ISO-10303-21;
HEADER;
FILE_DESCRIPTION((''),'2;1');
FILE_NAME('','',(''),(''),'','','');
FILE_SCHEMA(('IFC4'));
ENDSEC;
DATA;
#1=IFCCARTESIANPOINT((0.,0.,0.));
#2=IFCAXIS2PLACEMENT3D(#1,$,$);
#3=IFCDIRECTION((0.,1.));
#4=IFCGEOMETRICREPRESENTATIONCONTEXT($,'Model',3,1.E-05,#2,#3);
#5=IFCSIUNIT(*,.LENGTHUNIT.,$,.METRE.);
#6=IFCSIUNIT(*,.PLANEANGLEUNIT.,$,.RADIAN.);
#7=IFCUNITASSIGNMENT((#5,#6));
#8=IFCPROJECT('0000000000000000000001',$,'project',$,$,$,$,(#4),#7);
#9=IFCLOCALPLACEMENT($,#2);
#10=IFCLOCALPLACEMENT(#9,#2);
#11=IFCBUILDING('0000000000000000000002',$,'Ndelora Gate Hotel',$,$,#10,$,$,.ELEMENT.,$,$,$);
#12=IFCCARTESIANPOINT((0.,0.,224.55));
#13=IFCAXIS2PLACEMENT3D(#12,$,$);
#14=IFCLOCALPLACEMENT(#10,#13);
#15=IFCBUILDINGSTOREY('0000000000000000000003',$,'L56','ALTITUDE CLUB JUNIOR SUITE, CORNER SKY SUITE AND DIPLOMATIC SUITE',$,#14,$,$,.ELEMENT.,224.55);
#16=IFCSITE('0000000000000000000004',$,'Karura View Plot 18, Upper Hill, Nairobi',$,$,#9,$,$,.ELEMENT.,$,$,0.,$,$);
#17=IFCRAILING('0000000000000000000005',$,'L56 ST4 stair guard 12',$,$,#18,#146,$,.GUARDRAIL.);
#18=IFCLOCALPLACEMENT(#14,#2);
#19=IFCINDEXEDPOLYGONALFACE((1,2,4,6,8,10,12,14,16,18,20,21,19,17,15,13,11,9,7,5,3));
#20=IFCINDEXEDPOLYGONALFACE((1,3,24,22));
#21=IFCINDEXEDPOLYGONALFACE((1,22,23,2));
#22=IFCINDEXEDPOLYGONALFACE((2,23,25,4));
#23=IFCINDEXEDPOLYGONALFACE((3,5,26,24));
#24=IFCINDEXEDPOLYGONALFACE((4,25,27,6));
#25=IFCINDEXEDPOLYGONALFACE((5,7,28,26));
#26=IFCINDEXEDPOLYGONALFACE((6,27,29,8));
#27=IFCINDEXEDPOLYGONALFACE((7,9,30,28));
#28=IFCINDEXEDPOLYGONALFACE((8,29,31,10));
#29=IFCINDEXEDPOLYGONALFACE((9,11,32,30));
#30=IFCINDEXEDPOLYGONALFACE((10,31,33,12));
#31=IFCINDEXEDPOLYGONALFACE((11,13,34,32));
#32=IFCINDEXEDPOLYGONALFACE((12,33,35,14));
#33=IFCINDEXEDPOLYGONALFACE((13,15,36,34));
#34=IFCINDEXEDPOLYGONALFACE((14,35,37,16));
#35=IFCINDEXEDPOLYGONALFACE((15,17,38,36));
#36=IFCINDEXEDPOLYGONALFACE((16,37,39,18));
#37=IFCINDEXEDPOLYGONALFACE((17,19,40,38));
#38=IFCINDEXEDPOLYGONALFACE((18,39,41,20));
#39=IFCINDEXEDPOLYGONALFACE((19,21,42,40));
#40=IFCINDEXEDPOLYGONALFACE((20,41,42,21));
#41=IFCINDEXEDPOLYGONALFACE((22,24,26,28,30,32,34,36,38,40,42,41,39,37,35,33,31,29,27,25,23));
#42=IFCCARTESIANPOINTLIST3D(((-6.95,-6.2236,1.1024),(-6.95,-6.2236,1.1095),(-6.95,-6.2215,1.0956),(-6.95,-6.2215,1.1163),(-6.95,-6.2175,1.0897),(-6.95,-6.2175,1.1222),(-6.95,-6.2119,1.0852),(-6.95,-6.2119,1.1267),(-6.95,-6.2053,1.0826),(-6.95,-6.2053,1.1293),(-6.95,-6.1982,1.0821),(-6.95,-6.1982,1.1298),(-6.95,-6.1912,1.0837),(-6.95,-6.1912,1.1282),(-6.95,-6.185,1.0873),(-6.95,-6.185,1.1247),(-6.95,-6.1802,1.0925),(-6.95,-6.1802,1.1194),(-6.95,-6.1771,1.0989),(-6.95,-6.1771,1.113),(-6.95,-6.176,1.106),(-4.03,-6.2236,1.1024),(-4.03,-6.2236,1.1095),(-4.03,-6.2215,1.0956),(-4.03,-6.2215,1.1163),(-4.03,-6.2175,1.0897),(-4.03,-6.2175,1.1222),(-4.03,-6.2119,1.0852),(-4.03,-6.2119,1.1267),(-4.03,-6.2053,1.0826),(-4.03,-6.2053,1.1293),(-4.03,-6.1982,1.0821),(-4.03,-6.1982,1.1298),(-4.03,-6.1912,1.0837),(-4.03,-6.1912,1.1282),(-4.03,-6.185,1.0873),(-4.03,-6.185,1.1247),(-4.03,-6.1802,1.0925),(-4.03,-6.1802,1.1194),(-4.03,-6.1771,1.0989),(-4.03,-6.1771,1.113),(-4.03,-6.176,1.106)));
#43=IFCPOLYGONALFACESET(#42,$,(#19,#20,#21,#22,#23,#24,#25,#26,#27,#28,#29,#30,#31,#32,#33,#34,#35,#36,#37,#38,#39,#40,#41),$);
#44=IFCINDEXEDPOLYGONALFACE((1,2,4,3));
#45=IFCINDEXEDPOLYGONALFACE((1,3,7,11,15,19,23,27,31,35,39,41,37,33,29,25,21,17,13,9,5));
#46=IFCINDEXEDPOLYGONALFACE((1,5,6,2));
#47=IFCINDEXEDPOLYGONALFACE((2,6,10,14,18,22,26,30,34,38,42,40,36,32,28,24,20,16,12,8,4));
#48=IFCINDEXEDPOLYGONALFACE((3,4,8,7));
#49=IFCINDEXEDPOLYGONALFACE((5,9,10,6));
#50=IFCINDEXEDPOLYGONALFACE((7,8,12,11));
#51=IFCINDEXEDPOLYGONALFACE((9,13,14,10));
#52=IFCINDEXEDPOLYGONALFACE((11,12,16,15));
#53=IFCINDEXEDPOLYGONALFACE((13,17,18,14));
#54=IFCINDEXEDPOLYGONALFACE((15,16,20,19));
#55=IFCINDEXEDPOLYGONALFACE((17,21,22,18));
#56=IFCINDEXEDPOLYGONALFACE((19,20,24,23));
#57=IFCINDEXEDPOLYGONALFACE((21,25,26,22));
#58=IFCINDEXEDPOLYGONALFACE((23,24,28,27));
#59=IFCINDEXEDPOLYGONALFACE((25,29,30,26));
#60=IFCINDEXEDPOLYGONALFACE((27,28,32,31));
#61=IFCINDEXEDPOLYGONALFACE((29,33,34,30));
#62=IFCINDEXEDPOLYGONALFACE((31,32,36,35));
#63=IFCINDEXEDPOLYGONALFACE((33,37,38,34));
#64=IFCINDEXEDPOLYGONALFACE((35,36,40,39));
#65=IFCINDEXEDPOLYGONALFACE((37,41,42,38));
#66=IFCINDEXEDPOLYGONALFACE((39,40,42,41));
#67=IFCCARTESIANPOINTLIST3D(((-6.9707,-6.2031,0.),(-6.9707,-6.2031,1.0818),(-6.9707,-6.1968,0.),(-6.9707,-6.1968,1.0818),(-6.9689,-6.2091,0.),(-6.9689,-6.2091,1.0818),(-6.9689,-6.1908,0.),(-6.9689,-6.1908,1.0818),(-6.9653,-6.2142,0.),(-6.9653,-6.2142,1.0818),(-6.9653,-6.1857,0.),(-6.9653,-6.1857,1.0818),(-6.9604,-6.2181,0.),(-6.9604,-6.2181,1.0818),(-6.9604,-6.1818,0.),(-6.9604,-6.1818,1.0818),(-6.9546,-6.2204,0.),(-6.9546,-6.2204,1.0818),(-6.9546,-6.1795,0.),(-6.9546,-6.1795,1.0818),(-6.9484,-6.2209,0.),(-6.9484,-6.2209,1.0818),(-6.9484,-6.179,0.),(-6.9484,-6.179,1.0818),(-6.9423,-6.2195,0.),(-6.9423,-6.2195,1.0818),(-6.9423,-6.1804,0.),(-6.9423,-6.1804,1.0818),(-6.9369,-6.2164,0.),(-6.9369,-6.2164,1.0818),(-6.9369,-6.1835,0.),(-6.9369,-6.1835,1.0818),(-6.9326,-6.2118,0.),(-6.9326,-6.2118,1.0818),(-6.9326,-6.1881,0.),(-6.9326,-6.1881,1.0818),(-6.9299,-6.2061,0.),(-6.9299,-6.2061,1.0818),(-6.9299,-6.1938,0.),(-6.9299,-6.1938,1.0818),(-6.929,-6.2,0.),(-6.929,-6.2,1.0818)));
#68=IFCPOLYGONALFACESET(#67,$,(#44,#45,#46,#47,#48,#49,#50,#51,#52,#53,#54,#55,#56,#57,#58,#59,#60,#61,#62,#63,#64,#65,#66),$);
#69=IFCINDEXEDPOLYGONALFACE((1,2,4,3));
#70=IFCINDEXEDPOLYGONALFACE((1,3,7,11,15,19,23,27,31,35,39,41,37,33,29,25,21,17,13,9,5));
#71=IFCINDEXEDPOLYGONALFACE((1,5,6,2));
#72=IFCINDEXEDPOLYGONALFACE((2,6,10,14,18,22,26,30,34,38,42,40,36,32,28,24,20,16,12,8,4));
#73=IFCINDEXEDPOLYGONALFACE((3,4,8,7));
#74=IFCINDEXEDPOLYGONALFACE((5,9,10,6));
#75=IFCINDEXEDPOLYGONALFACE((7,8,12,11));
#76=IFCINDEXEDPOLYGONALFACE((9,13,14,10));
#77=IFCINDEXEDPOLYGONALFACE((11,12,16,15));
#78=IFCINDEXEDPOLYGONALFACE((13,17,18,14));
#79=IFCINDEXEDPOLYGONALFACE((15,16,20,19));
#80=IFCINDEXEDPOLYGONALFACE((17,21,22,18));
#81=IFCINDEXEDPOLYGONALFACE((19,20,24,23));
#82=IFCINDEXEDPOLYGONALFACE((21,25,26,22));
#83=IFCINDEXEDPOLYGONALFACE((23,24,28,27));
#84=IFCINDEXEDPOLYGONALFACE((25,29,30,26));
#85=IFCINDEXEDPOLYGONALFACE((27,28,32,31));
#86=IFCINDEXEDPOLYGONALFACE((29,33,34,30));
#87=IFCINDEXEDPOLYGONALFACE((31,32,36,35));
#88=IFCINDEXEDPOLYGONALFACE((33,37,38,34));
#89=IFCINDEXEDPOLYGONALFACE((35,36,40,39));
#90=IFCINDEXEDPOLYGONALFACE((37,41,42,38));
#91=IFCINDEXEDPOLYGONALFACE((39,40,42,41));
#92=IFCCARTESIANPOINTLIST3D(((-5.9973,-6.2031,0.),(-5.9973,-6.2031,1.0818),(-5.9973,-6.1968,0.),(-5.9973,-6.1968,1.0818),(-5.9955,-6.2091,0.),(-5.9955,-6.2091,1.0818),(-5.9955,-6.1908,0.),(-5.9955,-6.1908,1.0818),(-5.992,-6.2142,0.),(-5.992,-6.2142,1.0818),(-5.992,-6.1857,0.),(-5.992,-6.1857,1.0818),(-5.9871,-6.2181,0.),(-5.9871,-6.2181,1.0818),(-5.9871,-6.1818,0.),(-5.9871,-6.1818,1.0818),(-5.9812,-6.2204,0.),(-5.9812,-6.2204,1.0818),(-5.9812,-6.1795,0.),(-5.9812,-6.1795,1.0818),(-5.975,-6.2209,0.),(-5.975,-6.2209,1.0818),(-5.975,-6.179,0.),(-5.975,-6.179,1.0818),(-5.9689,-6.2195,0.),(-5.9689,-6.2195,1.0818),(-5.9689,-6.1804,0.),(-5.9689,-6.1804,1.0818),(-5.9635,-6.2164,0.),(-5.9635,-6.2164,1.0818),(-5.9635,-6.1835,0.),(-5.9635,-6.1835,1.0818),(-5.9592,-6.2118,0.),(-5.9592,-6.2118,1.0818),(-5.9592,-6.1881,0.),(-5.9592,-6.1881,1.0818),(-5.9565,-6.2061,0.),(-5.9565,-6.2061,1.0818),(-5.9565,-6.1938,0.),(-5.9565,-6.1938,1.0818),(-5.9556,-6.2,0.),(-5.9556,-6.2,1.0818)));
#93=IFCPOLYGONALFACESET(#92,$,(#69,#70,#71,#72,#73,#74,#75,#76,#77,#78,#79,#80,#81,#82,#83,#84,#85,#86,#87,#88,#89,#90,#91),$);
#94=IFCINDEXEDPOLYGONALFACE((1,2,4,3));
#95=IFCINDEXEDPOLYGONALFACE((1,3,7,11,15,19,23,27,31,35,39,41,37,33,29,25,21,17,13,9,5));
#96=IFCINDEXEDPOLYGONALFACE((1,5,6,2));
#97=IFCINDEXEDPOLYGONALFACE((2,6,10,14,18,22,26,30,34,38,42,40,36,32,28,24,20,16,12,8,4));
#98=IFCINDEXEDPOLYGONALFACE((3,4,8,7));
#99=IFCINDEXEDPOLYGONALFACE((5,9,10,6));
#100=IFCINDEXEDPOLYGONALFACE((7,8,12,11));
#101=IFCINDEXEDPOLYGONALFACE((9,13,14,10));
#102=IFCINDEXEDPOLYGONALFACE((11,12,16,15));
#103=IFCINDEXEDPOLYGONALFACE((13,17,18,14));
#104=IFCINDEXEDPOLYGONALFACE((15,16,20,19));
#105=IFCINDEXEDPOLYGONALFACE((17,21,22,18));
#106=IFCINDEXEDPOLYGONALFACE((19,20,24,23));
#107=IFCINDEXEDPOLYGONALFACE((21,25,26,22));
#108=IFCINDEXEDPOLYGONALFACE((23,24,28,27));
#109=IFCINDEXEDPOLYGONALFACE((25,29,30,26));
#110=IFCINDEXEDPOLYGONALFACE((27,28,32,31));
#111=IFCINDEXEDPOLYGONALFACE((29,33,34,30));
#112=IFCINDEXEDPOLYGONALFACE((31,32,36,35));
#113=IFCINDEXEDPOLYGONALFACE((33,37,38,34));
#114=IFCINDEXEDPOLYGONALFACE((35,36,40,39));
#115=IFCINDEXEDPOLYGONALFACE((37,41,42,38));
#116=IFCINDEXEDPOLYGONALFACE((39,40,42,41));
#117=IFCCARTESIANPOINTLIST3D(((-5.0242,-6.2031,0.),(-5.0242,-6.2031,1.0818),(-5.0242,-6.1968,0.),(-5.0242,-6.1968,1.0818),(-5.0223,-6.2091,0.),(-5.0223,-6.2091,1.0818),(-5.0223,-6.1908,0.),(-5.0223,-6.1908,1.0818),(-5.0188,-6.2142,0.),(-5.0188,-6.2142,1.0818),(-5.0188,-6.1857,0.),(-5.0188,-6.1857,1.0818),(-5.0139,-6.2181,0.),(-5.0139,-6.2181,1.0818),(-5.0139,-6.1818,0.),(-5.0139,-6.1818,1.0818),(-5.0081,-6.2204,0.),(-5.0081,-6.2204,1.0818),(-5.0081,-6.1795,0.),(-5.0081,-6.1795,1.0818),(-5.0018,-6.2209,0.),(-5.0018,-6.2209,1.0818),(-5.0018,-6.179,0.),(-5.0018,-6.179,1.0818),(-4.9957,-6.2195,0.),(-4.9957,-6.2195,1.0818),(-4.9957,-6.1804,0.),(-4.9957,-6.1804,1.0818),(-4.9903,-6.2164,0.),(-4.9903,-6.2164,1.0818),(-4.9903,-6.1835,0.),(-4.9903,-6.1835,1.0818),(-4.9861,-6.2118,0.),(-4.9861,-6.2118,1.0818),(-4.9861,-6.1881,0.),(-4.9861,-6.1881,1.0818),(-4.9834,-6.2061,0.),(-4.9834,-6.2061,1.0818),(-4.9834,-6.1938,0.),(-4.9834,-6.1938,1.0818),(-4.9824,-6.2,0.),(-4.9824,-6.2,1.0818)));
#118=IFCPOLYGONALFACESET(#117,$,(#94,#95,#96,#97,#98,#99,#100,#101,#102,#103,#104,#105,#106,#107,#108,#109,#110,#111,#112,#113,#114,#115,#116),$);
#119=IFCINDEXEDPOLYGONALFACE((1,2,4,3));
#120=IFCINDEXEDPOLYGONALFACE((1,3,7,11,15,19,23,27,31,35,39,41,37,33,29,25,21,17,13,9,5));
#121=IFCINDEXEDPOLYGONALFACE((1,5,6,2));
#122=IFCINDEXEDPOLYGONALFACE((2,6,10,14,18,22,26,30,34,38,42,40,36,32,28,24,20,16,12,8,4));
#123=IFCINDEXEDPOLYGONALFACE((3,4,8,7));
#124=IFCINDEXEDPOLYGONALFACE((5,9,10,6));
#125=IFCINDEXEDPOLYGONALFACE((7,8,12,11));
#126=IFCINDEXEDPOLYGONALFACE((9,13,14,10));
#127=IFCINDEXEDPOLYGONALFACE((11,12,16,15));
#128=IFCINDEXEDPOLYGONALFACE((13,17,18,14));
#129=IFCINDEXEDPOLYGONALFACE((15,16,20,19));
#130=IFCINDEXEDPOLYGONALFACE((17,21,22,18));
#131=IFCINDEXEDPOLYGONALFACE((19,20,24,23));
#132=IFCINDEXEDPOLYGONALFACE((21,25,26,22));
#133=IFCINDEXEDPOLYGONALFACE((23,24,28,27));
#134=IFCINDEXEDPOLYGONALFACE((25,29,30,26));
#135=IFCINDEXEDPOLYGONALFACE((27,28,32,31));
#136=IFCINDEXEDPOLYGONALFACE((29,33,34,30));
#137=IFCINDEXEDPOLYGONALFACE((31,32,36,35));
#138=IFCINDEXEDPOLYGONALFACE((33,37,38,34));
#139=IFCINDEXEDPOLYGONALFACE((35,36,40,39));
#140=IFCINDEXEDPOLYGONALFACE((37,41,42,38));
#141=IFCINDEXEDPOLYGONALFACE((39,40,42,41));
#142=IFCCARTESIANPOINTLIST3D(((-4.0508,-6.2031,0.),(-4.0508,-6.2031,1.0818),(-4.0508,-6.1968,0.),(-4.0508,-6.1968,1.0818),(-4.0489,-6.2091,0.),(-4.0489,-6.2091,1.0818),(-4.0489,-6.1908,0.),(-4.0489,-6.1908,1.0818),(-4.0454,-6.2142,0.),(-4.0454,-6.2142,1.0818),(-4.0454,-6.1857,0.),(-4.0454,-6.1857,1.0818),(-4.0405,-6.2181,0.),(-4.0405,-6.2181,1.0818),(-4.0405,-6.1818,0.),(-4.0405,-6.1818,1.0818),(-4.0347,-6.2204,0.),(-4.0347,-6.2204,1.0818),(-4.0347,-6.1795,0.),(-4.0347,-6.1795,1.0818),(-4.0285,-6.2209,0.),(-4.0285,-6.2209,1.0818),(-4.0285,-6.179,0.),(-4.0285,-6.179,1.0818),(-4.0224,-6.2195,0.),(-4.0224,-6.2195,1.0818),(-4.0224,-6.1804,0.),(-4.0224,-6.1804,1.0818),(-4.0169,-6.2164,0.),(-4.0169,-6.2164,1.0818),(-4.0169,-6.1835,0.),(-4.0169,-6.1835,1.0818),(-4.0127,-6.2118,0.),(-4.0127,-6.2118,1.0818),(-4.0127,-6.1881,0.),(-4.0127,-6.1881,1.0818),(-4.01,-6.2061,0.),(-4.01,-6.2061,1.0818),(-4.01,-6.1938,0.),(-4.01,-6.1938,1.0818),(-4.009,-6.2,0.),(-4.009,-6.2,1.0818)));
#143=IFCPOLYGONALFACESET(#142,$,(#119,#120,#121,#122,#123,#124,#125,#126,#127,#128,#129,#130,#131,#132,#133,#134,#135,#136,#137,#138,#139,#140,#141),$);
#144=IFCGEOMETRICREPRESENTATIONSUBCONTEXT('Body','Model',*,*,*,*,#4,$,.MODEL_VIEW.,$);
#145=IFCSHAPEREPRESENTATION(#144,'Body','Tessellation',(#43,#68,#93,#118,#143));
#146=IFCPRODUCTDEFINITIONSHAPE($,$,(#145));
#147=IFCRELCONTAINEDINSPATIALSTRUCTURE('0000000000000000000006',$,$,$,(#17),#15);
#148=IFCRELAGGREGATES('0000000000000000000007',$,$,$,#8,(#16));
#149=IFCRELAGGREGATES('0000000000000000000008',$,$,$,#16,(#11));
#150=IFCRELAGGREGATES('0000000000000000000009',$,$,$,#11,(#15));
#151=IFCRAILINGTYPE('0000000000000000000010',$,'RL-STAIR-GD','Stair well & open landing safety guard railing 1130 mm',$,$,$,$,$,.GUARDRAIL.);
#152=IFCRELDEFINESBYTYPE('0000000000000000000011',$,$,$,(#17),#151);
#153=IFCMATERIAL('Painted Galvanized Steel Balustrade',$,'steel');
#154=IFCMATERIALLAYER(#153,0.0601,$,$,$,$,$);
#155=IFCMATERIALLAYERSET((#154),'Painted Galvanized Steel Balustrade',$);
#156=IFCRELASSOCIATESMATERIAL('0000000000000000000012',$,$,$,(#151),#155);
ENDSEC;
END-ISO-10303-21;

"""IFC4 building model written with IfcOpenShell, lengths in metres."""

from ifc_helpers import new_model, si_unit, direction, frame, origin, origin_2d, place, context, subcontext, project, spatial, circle, extrude, material, layer, layer_set, type_object, element, save


model = new_model("IFC4")

# Units and contexts
model_context = context("Model", 3, precision=1e-05, world=origin(), true_north=direction((0.0, 1.0)))
body_context = subcontext(model_context, "Body", "Model", "MODEL_VIEW")
ifc_project = project(units=[si_unit("LENGTHUNIT", "METRE"), si_unit("PLANEANGLEUNIT", "RADIAN")], contexts=[model_context])

# Site, building, storey
site_placement = place(None, origin())
site = spatial("IfcSite", under=ifc_project, at=site_placement, Name="Karura View Plot 18, Upper Hill, Nairobi", CompositionType="ELEMENT", RefElevation=0.0)
building_placement = place(site_placement, origin())
building = spatial("IfcBuilding", under=site, at=building_placement, Name="Ndelora Gate Hotel", CompositionType="ELEMENT")
storey_placement = place(building_placement, frame((0.0, 0.0, 224.55)))
storey = spatial("IfcBuildingStorey", under=building, at=storey_placement, Name="L56", Description="ALTITUDE CLUB JUNIOR SUITE, CORNER SKY SUITE AND DIPLOMATIC SUITE", CompositionType="ELEMENT", Elevation=224.55)

# Railing
ifc_material_1 = material(Name="Painted Galvanized Steel Balustrade", Category="steel")
ifc_layer_1 = layer(ifc_material_1, 0.0601)
ifc_layer_set_1 = layer_set([ifc_layer_1], Name="Painted Galvanized Steel Balustrade")
railing_type_1 = type_object("IfcRailingType", Name="RL-STAIR-GD", Description="Stair well & open landing safety guard railing 1130 mm", PredefinedType="GUARDRAIL", material=ifc_layer_set_1)
railing_1_placement = place(storey_placement, frame((-6.95, -6.2, 0.0)))
element("IfcRailing", 1, at=railing_1_placement, inside=storey, type_object=railing_type_1, Name="L56 ST4 stair guard 12", PredefinedType="GUARDRAIL", context=body_context, shape_type="SweptSolid", body=[
    extrude(circle(Radius=0.0239, at=origin_2d()), frame((0.0, 0.0, 1.106), z_axis=(1.0, 0.0, 0.0), x_axis=(0.0, 1.0, 0.0)), (0.0, 0.0, 1.0), 2.9199),
    extrude(circle(Radius=0.021, at=origin_2d()), origin(), (0.0, 0.0, 1.0), 1.0818),
    extrude(circle(Radius=0.021, at=origin_2d()), frame((0.9734, 0.0, 0.0)), (0.0, 0.0, 1.0), 1.0818),
    extrude(circle(Radius=0.021, at=origin_2d()), frame((1.9465, 0.0, 0.0)), (0.0, 0.0, 1.0), 1.0818),
    extrude(circle(Radius=0.021, at=origin_2d()), frame((2.9199, 0.0, 0.0)), (0.0, 0.0, 1.0), 1.0818),
])

save(model, "model.ifc")
